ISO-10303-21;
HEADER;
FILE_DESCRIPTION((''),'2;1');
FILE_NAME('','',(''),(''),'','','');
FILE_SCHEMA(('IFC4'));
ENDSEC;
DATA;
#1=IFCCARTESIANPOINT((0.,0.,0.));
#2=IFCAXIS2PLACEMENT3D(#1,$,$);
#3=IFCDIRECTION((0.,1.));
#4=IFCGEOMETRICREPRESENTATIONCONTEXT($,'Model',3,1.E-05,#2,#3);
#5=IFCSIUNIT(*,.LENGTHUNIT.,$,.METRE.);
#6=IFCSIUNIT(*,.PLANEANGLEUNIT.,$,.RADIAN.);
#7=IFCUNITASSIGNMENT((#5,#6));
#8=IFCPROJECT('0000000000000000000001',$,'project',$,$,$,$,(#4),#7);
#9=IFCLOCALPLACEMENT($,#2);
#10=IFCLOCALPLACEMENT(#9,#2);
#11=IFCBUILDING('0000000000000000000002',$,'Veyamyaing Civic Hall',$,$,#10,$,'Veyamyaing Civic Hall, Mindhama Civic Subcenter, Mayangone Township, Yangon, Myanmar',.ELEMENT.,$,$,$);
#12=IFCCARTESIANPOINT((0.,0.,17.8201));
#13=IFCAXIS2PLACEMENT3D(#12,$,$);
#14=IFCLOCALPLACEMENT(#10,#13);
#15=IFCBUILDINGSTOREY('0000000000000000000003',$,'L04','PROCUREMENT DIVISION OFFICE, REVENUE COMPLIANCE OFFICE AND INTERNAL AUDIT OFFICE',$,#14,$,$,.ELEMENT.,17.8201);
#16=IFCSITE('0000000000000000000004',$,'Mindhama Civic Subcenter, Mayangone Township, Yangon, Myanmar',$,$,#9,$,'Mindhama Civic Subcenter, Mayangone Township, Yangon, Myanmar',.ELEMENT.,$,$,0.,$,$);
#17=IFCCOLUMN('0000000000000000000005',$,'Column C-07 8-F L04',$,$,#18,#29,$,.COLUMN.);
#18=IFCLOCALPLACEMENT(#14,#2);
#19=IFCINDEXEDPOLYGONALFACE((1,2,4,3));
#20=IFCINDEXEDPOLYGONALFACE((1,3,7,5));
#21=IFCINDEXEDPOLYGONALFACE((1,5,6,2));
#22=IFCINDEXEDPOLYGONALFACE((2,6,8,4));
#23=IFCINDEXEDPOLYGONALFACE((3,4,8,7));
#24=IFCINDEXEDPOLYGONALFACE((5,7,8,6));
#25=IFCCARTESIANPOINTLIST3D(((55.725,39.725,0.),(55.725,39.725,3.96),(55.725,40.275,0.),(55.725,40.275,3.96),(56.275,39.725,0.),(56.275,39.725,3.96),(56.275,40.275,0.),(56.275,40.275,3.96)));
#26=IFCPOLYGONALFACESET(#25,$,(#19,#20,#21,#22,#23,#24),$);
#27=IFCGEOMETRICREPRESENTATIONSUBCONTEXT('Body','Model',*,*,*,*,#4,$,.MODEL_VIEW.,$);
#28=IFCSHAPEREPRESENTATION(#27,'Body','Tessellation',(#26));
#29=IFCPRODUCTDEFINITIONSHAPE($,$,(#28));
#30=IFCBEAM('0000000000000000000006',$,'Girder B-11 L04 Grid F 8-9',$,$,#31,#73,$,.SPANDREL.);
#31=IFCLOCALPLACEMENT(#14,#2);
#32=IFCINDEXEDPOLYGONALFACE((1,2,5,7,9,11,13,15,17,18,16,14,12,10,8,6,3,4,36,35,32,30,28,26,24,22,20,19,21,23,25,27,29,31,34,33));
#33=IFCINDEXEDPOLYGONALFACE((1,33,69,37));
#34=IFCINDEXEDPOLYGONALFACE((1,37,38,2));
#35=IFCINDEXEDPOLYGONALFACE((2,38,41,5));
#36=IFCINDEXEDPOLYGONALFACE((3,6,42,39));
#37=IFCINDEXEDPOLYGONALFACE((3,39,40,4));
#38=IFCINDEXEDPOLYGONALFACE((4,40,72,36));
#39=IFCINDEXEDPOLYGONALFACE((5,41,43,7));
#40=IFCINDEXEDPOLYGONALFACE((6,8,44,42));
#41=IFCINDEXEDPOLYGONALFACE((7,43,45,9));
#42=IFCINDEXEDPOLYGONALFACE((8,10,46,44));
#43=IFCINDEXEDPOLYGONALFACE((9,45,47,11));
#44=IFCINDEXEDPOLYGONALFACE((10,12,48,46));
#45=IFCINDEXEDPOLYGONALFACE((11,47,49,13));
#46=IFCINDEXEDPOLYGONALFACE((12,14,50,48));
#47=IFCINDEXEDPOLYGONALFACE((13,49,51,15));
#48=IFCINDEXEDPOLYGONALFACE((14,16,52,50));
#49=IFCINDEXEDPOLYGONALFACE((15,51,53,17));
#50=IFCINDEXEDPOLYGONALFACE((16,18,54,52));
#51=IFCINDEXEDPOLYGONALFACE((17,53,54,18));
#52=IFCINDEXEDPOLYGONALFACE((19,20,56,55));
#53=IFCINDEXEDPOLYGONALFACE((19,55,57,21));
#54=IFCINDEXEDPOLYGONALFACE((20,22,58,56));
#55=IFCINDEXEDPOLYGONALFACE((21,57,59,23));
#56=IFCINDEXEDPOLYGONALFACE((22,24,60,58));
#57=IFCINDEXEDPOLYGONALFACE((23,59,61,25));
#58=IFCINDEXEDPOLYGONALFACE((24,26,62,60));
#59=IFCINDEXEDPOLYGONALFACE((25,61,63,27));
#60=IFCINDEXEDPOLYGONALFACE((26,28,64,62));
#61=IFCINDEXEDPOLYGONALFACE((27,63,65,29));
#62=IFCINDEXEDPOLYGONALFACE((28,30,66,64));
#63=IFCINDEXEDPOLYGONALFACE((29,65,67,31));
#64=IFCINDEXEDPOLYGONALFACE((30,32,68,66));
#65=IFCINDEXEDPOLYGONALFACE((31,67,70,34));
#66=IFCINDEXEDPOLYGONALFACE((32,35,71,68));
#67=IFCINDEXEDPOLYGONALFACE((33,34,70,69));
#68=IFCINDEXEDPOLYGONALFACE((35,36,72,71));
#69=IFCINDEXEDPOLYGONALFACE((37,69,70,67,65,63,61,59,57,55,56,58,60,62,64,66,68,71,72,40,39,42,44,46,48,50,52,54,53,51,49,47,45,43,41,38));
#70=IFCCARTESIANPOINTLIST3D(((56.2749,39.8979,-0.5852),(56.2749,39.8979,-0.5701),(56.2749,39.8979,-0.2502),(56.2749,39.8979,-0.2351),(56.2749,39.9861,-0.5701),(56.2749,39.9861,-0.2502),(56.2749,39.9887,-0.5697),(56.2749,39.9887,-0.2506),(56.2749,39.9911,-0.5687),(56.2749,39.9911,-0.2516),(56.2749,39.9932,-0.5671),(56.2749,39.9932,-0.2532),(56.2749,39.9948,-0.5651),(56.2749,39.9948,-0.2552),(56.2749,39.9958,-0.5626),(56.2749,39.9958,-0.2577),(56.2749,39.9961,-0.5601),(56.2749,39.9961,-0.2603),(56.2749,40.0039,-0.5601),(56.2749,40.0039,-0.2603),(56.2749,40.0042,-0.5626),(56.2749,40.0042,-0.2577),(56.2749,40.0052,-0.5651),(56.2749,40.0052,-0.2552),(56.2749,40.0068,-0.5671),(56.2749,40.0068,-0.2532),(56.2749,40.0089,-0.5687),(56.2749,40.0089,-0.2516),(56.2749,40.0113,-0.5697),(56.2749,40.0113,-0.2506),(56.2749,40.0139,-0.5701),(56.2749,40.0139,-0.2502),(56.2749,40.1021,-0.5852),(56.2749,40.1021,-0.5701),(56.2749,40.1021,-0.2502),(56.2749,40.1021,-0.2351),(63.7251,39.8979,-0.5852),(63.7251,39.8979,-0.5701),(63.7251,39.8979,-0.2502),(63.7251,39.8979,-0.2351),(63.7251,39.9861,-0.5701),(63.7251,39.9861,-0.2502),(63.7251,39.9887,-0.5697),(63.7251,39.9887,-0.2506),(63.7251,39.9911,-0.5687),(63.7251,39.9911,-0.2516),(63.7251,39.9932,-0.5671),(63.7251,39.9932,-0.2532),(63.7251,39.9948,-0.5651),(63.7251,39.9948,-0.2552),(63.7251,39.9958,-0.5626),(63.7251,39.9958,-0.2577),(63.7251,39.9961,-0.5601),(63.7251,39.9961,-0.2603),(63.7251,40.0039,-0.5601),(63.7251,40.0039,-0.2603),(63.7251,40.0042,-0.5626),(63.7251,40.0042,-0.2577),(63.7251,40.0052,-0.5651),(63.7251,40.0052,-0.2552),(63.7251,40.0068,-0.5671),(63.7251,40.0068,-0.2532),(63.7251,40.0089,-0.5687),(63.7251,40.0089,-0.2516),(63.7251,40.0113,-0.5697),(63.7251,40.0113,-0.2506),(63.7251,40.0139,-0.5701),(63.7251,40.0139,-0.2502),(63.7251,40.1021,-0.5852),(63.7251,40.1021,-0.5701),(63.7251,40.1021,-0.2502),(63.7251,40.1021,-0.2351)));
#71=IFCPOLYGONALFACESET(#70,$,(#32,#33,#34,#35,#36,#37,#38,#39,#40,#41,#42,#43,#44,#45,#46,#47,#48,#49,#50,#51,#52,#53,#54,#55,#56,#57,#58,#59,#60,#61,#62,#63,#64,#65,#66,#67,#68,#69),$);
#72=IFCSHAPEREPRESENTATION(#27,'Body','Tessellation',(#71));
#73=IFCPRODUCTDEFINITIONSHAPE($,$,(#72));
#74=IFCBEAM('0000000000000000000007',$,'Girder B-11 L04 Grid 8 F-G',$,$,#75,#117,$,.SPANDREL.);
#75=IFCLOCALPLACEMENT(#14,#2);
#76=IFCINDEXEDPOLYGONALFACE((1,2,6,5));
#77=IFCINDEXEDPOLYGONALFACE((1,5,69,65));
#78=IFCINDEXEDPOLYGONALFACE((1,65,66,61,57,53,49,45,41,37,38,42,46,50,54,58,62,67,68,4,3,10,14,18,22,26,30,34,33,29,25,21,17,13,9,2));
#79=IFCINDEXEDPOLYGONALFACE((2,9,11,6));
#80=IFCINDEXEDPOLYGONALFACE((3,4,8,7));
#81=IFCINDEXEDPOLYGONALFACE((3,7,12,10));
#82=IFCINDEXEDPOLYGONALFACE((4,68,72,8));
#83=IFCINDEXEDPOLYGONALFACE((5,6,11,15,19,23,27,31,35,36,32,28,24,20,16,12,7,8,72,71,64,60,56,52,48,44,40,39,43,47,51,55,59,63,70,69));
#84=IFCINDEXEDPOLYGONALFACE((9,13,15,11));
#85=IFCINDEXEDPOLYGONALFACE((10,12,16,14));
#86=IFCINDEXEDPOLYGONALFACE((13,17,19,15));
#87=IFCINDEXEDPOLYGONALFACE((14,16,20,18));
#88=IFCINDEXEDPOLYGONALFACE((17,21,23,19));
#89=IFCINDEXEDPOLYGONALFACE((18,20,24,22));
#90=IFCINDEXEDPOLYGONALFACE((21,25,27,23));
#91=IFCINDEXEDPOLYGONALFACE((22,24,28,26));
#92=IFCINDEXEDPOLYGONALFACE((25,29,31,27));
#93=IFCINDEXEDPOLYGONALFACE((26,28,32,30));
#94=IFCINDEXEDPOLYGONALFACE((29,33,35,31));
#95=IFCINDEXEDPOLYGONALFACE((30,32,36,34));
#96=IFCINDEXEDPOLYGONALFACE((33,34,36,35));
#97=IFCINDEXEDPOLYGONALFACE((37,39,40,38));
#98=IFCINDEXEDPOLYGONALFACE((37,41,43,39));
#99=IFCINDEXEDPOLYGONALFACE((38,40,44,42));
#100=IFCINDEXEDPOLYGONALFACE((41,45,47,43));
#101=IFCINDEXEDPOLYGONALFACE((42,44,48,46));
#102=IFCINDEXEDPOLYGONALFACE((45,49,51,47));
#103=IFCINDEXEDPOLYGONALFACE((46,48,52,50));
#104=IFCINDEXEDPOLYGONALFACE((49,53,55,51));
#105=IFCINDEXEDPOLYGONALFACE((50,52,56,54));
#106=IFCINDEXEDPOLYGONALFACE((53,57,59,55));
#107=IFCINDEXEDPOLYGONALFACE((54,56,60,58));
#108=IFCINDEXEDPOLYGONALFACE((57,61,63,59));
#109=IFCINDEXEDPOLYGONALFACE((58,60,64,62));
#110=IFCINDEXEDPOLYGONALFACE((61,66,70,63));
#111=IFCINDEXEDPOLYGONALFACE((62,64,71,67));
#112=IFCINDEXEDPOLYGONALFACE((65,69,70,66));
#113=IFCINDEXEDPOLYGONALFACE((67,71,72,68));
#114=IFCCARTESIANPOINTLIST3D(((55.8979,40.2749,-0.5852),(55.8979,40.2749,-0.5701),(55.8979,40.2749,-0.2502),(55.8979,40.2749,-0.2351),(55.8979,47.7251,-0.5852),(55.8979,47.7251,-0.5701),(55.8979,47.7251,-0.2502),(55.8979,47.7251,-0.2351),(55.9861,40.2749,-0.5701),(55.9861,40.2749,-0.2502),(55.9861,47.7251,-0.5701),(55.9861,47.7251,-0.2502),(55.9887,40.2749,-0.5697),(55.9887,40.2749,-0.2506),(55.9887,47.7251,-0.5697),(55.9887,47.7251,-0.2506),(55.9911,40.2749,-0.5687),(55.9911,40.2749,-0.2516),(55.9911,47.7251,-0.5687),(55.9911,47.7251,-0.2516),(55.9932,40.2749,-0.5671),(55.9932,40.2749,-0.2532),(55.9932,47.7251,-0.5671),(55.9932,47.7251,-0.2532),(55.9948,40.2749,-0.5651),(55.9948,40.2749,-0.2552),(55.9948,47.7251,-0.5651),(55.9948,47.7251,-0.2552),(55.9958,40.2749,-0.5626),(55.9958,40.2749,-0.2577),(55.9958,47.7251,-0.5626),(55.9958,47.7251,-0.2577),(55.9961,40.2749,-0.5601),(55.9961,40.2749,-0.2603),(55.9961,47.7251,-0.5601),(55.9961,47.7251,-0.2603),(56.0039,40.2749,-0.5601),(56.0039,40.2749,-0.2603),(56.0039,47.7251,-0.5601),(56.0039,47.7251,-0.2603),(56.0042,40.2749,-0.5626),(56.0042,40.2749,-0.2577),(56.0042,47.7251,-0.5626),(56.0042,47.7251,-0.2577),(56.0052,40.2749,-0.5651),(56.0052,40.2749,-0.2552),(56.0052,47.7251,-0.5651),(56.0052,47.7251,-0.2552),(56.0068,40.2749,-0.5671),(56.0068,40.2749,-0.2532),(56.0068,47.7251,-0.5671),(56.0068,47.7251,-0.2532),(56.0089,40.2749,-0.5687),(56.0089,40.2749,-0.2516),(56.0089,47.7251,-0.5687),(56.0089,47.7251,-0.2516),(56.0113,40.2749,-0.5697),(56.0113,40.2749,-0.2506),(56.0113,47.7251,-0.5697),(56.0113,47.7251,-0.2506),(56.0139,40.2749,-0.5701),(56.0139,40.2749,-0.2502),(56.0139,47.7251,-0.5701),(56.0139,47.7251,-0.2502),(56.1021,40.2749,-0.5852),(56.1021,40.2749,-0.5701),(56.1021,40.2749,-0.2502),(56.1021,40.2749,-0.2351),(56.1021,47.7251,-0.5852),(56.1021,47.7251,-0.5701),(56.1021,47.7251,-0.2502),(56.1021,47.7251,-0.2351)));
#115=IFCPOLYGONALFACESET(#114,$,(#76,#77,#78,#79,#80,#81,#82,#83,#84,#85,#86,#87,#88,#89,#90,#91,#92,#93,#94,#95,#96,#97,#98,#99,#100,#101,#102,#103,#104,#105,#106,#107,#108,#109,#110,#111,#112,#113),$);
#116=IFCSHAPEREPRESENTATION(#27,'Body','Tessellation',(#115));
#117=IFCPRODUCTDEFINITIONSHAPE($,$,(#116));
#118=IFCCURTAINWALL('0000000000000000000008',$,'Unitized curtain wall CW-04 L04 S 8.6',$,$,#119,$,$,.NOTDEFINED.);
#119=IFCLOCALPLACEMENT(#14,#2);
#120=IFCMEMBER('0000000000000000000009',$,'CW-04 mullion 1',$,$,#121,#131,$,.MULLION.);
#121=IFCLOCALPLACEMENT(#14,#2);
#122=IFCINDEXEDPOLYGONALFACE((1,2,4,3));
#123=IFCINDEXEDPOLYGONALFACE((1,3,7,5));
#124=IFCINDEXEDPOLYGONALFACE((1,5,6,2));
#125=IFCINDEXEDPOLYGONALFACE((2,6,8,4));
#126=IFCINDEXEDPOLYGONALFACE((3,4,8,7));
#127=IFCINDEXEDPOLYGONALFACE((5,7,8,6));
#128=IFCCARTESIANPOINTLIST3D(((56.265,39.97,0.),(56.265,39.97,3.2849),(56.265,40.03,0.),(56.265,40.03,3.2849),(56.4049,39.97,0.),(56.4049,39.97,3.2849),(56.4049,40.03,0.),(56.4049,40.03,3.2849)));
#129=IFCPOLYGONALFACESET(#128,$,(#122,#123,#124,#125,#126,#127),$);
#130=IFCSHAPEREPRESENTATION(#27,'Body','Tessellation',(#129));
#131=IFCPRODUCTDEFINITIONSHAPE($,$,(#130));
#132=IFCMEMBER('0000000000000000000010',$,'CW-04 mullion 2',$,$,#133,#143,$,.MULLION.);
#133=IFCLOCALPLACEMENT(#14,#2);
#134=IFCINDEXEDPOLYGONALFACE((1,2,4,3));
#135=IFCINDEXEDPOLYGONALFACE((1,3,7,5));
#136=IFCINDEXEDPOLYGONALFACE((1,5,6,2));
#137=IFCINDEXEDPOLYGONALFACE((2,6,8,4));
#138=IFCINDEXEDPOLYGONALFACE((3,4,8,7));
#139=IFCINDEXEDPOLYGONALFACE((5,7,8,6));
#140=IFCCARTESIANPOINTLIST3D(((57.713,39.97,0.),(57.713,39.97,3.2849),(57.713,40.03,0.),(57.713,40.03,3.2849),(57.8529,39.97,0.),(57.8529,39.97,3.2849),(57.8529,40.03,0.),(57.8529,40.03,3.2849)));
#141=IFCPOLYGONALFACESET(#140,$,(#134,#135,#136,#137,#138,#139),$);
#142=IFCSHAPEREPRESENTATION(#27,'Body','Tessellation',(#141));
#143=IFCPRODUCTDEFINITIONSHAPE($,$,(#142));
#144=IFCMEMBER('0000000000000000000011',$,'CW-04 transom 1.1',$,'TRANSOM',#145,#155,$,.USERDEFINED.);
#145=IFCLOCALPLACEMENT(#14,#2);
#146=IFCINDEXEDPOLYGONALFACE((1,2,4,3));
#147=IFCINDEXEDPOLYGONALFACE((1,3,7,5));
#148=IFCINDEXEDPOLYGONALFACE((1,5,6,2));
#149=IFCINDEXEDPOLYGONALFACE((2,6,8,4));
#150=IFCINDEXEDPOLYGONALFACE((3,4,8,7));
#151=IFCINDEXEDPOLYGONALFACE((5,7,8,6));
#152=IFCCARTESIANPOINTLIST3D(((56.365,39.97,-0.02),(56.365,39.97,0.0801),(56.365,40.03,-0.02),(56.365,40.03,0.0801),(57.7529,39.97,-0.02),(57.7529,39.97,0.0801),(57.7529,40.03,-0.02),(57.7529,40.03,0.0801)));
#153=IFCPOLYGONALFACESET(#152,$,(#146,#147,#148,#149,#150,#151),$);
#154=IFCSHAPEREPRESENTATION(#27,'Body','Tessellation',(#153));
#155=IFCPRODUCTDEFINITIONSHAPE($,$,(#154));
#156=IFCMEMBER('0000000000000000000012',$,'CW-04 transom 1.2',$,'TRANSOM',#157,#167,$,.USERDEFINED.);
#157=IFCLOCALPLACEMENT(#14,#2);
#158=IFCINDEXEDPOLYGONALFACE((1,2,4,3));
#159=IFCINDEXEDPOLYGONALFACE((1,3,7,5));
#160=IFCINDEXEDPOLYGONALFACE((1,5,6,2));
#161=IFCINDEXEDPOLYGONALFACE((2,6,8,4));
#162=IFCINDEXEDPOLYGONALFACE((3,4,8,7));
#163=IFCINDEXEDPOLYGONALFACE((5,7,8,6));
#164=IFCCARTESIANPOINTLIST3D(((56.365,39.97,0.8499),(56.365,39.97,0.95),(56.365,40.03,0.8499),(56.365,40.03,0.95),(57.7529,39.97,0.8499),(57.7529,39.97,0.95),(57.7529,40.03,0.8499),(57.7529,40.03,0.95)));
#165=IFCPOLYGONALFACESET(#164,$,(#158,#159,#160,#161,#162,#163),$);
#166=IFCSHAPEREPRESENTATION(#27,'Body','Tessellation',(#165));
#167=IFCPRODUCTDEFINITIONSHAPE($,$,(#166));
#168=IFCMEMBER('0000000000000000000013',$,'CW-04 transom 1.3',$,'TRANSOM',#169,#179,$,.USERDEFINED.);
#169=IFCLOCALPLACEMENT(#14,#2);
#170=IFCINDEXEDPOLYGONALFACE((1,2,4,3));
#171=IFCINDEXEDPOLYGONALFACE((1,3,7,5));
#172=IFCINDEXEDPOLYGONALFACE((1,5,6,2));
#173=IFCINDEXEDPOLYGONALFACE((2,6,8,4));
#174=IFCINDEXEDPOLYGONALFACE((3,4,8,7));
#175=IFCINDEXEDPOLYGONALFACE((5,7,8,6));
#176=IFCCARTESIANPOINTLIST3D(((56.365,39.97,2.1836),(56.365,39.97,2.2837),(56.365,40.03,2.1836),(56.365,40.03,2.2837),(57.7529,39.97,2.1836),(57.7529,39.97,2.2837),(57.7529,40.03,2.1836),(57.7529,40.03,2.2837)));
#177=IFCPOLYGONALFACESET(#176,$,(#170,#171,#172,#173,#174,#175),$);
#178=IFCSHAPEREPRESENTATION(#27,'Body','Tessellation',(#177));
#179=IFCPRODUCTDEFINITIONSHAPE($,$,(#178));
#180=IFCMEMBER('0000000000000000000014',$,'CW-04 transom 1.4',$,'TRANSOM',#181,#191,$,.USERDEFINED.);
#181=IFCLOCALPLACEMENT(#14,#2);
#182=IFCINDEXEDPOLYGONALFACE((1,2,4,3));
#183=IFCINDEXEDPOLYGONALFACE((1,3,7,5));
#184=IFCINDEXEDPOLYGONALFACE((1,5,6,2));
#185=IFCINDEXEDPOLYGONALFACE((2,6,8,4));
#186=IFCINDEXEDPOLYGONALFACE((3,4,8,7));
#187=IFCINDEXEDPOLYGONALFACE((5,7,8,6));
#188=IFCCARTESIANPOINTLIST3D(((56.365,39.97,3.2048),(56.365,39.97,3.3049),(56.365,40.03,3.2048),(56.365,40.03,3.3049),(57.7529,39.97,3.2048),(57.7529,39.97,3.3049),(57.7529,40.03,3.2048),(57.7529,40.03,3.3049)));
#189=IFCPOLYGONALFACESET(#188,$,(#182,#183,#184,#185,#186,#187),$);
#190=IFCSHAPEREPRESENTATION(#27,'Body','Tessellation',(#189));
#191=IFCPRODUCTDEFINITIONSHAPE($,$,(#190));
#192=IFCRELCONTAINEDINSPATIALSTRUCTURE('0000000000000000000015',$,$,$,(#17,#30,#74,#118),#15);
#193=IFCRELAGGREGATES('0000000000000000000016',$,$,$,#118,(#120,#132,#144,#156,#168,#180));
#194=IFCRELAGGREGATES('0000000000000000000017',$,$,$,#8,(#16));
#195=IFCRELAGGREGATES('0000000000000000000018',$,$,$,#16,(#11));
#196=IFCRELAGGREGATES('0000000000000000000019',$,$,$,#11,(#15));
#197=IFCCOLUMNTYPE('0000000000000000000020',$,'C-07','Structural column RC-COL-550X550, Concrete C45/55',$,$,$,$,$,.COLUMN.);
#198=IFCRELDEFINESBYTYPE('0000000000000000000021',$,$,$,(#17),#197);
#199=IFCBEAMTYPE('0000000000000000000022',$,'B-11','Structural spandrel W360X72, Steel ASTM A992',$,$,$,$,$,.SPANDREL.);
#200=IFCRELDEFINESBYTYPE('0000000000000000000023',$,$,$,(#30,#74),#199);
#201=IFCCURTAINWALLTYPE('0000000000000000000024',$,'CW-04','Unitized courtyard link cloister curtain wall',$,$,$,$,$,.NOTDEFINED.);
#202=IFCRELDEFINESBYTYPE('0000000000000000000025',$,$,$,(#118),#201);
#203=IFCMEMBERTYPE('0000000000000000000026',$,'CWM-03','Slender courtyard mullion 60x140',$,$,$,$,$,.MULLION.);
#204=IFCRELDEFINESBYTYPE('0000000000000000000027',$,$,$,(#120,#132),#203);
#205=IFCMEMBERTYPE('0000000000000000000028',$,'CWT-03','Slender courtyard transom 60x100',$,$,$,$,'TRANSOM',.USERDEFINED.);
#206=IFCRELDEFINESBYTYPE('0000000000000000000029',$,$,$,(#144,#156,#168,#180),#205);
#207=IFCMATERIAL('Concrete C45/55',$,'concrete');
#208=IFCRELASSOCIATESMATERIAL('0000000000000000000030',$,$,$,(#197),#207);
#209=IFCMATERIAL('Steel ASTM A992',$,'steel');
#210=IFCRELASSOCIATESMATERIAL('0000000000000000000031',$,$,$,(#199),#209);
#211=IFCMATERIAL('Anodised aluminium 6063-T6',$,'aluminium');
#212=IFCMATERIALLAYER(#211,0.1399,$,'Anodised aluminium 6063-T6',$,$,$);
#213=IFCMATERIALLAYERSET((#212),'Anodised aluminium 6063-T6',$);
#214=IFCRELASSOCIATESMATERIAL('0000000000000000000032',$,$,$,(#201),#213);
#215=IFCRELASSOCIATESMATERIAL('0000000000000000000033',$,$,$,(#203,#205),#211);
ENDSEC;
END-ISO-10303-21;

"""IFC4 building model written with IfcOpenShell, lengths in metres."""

from ifc_helpers import new_model, si_unit, direction, frame, origin, origin_2d, place, context, subcontext, project, spatial, rectangle, i_section, extrude, material, layer, layer_set, material_profile, profile_set, type_object, element, aggregate, save


model = new_model("IFC4")

# Units and contexts
model_context = context("Model", 3, precision=1e-05, world=origin(), true_north=direction((0.0, 1.0)))
body_context = subcontext(model_context, "Body", "Model", "MODEL_VIEW")
ifc_project = project(units=[si_unit("LENGTHUNIT", "METRE"), si_unit("PLANEANGLEUNIT", "RADIAN")], contexts=[model_context])

# Site, building, storey
site_placement = place(None, origin())
site = spatial("IfcSite", under=ifc_project, at=site_placement, Name="Mindhama Civic Subcenter, Mayangone Township, Yangon, Myanmar", LongName="Mindhama Civic Subcenter, Mayangone Township, Yangon, Myanmar", CompositionType="ELEMENT", RefElevation=0.0)
building_placement = place(site_placement, origin())
building = spatial("IfcBuilding", under=site, at=building_placement, Name="Veyamyaing Civic Hall", LongName="Veyamyaing Civic Hall, Mindhama Civic Subcenter, Mayangone Township, Yangon, Myanmar", CompositionType="ELEMENT")
storey_placement = place(building_placement, frame((0.0, 0.0, 17.8201)))
storey = spatial("IfcBuildingStorey", under=building, at=storey_placement, Name="L04", Description="PROCUREMENT DIVISION OFFICE, REVENUE COMPLIANCE OFFICE AND INTERNAL AUDIT OFFICE", CompositionType="ELEMENT", Elevation=17.8201)

# Column
ifc_material_1 = material(Name="Concrete C45/55", Category="concrete")
ifc_material_profile_1 = material_profile(ifc_material_1, rectangle(XDim=0.55, YDim=0.55, at=origin_2d()), Name="RC-COL-550X550")
ifc_profile_set_1 = profile_set([ifc_material_profile_1], Name="Concrete C45/55")
column_type = type_object("IfcColumnType", Name="C-07", Description="Structural column RC-COL-550X550, Concrete C45/55", PredefinedType="COLUMN", material=ifc_profile_set_1)
column_placement = place(storey_placement, frame((56.0, 40.0, 0.0), z_axis=(0.0, 0.0, 1.0), x_axis=(1.0, 0.0, 0.0)))
element("IfcColumn", 1, at=column_placement, inside=storey, type_object=column_type, Name="Column C-07 8-F L04", PredefinedType="COLUMN", context=body_context, shape_type="SweptSolid", body=[
    extrude(rectangle(XDim=0.55, YDim=0.55, at=origin_2d()), origin(), (0.0, 0.0, 1.0), 3.96),
])

# Beams
ifc_material_2 = material(Name="Steel ASTM A992", Category="steel")
ifc_material_profile_2 = material_profile(ifc_material_2, i_section(OverallWidth=0.2041, OverallDepth=0.3501, WebThickness=0.0078, FlangeThickness=0.0151, FilletRadius=0.01, at=origin_2d()), Name="W360X72")
ifc_profile_set_2 = profile_set([ifc_material_profile_2], Name="Steel ASTM A992")
beam_type_1 = type_object("IfcBeamType", Name="B-11", Description="Structural spandrel W360X72, Steel ASTM A992", PredefinedType="SPANDREL", material=ifc_profile_set_2)
for number, where, z_axis, x_axis, name in (
    (2, (56.2749, 40.0, -0.4102), (1.0, 0.0, 0.0), (0.0, 1.0, 0.0), "Girder B-11 L04 Grid F 8-9"),
    (3, (56.0, 40.2749, -0.4102), (0.0, 1.0, 0.0), (-1.0, 0.0, 0.0), "Girder B-11 L04 Grid 8 F-G"),
):
    element("IfcBeam", number, at=place(storey_placement, frame(where, z_axis=z_axis, x_axis=x_axis)), inside=storey, type_object=beam_type_1, Name=name, PredefinedType="SPANDREL", context=body_context, shape_type="SweptSolid", body=[
        extrude(i_section(OverallWidth=0.2041, OverallDepth=0.3501, WebThickness=0.0078, FlangeThickness=0.0151, FilletRadius=0.01, at=origin_2d()), origin(), (0.0, 0.0, 1.0), 7.4502),
    ])

# Curtain wall, members
ifc_material_3 = material(Name="Anodised aluminium 6063-T6", Category="aluminium")
ifc_layer_1 = layer(ifc_material_3, 0.1399, Name="Anodised aluminium 6063-T6")
ifc_layer_set_1 = layer_set([ifc_layer_1], Name="Anodised aluminium 6063-T6")
curtain_wall_type = type_object("IfcCurtainWallType", Name="CW-04", Description="Unitized courtyard link cloister curtain wall", PredefinedType="NOTDEFINED", material=ifc_layer_set_1)
curtain_wall_placement = place(storey_placement, origin())
curtain_wall = element("IfcCurtainWall", 4, at=curtain_wall_placement, inside=storey, type_object=curtain_wall_type, Name="Unitized curtain wall CW-04 L04 S 8.6", PredefinedType="NOTDEFINED")
ifc_material_profile_3 = material_profile(ifc_material_3, rectangle(XDim=0.0601, YDim=0.1399, at=origin_2d()), Name="ALU-MUL-60X140")
ifc_profile_set_3 = profile_set([ifc_material_profile_3], Name="Anodised aluminium 6063-T6")
member_type_1 = type_object("IfcMemberType", Name="CWM-03", Description="Slender courtyard mullion 60x140", PredefinedType="MULLION", material=ifc_profile_set_3)
member_1_placement = place(storey_placement, frame((56.335, 40.0, 0.0), z_axis=(0.0, 0.0, 1.0), x_axis=(0.0, 1.0, 0.0)))
member_1 = element("IfcMember", 5, at=member_1_placement, type_object=member_type_1, Name="CW-04 mullion 1", PredefinedType="MULLION", context=body_context, shape_type="SweptSolid", body=[
    extrude(rectangle(XDim=0.0601, YDim=0.1399, at=origin_2d()), origin(), (0.0, 0.0, 1.0), 3.2849),
])
member_2_placement = place(storey_placement, frame((57.783, 40.0, 0.0), z_axis=(0.0, 0.0, 1.0), x_axis=(0.0, 1.0, 0.0)))
member_2 = element("IfcMember", 6, at=member_2_placement, type_object=member_type_1, Name="CW-04 mullion 2", PredefinedType="MULLION", context=body_context, shape_type="SweptSolid", body=[
    extrude(rectangle(XDim=0.0601, YDim=0.1399, at=origin_2d()), origin(), (0.0, 0.0, 1.0), 3.2849),
])
ifc_material_profile_4 = material_profile(ifc_material_3, rectangle(XDim=0.0601, YDim=0.1001, at=origin_2d()), Name="ALU-TRN-60X100")
ifc_profile_set_4 = profile_set([ifc_material_profile_4], Name="Anodised aluminium 6063-T6")
member_type_2 = type_object("IfcMemberType", Name="CWT-03", Description="Slender courtyard transom 60x100", ElementType="TRANSOM", PredefinedType="USERDEFINED", material=ifc_profile_set_4)
member_3_placement = place(storey_placement, frame((56.365, 40.0, 0.03), z_axis=(1.0, 0.0, 0.0), x_axis=(0.0, 1.0, 0.0)))
member_3 = element("IfcMember", 7, at=member_3_placement, type_object=member_type_2, Name="CW-04 transom 1.1", ObjectType="TRANSOM", PredefinedType="USERDEFINED", context=body_context, shape_type="SweptSolid", body=[
    extrude(rectangle(XDim=0.0601, YDim=0.1001, at=origin_2d()), origin(), (0.0, 0.0, 1.0), 1.3879),
])
member_4_placement = place(storey_placement, frame((56.365, 40.0, 0.8999), z_axis=(1.0, 0.0, 0.0), x_axis=(0.0, 1.0, 0.0)))
member_4 = element("IfcMember", 8, at=member_4_placement, type_object=member_type_2, Name="CW-04 transom 1.2", ObjectType="TRANSOM", PredefinedType="USERDEFINED", context=body_context, shape_type="SweptSolid", body=[
    extrude(rectangle(XDim=0.0601, YDim=0.1001, at=origin_2d()), origin(), (0.0, 0.0, 1.0), 1.3879),
])
member_5_placement = place(storey_placement, frame((56.365, 40.0, 2.2336), z_axis=(1.0, 0.0, 0.0), x_axis=(0.0, 1.0, 0.0)))
member_5 = element("IfcMember", 9, at=member_5_placement, type_object=member_type_2, Name="CW-04 transom 1.3", ObjectType="TRANSOM", PredefinedType="USERDEFINED", context=body_context, shape_type="SweptSolid", body=[
    extrude(rectangle(XDim=0.0601, YDim=0.1001, at=origin_2d()), origin(), (0.0, 0.0, 1.0), 1.3879),
])
member_6_placement = place(storey_placement, frame((56.365, 40.0, 3.2549), z_axis=(1.0, 0.0, 0.0), x_axis=(0.0, 1.0, 0.0)))
member_6 = element("IfcMember", 10, at=member_6_placement, type_object=member_type_2, Name="CW-04 transom 1.4", ObjectType="TRANSOM", PredefinedType="USERDEFINED", context=body_context, shape_type="SweptSolid", body=[
    extrude(rectangle(XDim=0.0601, YDim=0.1001, at=origin_2d()), origin(), (0.0, 0.0, 1.0), 1.3879),
])

aggregate(curtain_wall, [member_1, member_2, member_3, member_4, member_5, member_6])

save(model, "model.ifc")
